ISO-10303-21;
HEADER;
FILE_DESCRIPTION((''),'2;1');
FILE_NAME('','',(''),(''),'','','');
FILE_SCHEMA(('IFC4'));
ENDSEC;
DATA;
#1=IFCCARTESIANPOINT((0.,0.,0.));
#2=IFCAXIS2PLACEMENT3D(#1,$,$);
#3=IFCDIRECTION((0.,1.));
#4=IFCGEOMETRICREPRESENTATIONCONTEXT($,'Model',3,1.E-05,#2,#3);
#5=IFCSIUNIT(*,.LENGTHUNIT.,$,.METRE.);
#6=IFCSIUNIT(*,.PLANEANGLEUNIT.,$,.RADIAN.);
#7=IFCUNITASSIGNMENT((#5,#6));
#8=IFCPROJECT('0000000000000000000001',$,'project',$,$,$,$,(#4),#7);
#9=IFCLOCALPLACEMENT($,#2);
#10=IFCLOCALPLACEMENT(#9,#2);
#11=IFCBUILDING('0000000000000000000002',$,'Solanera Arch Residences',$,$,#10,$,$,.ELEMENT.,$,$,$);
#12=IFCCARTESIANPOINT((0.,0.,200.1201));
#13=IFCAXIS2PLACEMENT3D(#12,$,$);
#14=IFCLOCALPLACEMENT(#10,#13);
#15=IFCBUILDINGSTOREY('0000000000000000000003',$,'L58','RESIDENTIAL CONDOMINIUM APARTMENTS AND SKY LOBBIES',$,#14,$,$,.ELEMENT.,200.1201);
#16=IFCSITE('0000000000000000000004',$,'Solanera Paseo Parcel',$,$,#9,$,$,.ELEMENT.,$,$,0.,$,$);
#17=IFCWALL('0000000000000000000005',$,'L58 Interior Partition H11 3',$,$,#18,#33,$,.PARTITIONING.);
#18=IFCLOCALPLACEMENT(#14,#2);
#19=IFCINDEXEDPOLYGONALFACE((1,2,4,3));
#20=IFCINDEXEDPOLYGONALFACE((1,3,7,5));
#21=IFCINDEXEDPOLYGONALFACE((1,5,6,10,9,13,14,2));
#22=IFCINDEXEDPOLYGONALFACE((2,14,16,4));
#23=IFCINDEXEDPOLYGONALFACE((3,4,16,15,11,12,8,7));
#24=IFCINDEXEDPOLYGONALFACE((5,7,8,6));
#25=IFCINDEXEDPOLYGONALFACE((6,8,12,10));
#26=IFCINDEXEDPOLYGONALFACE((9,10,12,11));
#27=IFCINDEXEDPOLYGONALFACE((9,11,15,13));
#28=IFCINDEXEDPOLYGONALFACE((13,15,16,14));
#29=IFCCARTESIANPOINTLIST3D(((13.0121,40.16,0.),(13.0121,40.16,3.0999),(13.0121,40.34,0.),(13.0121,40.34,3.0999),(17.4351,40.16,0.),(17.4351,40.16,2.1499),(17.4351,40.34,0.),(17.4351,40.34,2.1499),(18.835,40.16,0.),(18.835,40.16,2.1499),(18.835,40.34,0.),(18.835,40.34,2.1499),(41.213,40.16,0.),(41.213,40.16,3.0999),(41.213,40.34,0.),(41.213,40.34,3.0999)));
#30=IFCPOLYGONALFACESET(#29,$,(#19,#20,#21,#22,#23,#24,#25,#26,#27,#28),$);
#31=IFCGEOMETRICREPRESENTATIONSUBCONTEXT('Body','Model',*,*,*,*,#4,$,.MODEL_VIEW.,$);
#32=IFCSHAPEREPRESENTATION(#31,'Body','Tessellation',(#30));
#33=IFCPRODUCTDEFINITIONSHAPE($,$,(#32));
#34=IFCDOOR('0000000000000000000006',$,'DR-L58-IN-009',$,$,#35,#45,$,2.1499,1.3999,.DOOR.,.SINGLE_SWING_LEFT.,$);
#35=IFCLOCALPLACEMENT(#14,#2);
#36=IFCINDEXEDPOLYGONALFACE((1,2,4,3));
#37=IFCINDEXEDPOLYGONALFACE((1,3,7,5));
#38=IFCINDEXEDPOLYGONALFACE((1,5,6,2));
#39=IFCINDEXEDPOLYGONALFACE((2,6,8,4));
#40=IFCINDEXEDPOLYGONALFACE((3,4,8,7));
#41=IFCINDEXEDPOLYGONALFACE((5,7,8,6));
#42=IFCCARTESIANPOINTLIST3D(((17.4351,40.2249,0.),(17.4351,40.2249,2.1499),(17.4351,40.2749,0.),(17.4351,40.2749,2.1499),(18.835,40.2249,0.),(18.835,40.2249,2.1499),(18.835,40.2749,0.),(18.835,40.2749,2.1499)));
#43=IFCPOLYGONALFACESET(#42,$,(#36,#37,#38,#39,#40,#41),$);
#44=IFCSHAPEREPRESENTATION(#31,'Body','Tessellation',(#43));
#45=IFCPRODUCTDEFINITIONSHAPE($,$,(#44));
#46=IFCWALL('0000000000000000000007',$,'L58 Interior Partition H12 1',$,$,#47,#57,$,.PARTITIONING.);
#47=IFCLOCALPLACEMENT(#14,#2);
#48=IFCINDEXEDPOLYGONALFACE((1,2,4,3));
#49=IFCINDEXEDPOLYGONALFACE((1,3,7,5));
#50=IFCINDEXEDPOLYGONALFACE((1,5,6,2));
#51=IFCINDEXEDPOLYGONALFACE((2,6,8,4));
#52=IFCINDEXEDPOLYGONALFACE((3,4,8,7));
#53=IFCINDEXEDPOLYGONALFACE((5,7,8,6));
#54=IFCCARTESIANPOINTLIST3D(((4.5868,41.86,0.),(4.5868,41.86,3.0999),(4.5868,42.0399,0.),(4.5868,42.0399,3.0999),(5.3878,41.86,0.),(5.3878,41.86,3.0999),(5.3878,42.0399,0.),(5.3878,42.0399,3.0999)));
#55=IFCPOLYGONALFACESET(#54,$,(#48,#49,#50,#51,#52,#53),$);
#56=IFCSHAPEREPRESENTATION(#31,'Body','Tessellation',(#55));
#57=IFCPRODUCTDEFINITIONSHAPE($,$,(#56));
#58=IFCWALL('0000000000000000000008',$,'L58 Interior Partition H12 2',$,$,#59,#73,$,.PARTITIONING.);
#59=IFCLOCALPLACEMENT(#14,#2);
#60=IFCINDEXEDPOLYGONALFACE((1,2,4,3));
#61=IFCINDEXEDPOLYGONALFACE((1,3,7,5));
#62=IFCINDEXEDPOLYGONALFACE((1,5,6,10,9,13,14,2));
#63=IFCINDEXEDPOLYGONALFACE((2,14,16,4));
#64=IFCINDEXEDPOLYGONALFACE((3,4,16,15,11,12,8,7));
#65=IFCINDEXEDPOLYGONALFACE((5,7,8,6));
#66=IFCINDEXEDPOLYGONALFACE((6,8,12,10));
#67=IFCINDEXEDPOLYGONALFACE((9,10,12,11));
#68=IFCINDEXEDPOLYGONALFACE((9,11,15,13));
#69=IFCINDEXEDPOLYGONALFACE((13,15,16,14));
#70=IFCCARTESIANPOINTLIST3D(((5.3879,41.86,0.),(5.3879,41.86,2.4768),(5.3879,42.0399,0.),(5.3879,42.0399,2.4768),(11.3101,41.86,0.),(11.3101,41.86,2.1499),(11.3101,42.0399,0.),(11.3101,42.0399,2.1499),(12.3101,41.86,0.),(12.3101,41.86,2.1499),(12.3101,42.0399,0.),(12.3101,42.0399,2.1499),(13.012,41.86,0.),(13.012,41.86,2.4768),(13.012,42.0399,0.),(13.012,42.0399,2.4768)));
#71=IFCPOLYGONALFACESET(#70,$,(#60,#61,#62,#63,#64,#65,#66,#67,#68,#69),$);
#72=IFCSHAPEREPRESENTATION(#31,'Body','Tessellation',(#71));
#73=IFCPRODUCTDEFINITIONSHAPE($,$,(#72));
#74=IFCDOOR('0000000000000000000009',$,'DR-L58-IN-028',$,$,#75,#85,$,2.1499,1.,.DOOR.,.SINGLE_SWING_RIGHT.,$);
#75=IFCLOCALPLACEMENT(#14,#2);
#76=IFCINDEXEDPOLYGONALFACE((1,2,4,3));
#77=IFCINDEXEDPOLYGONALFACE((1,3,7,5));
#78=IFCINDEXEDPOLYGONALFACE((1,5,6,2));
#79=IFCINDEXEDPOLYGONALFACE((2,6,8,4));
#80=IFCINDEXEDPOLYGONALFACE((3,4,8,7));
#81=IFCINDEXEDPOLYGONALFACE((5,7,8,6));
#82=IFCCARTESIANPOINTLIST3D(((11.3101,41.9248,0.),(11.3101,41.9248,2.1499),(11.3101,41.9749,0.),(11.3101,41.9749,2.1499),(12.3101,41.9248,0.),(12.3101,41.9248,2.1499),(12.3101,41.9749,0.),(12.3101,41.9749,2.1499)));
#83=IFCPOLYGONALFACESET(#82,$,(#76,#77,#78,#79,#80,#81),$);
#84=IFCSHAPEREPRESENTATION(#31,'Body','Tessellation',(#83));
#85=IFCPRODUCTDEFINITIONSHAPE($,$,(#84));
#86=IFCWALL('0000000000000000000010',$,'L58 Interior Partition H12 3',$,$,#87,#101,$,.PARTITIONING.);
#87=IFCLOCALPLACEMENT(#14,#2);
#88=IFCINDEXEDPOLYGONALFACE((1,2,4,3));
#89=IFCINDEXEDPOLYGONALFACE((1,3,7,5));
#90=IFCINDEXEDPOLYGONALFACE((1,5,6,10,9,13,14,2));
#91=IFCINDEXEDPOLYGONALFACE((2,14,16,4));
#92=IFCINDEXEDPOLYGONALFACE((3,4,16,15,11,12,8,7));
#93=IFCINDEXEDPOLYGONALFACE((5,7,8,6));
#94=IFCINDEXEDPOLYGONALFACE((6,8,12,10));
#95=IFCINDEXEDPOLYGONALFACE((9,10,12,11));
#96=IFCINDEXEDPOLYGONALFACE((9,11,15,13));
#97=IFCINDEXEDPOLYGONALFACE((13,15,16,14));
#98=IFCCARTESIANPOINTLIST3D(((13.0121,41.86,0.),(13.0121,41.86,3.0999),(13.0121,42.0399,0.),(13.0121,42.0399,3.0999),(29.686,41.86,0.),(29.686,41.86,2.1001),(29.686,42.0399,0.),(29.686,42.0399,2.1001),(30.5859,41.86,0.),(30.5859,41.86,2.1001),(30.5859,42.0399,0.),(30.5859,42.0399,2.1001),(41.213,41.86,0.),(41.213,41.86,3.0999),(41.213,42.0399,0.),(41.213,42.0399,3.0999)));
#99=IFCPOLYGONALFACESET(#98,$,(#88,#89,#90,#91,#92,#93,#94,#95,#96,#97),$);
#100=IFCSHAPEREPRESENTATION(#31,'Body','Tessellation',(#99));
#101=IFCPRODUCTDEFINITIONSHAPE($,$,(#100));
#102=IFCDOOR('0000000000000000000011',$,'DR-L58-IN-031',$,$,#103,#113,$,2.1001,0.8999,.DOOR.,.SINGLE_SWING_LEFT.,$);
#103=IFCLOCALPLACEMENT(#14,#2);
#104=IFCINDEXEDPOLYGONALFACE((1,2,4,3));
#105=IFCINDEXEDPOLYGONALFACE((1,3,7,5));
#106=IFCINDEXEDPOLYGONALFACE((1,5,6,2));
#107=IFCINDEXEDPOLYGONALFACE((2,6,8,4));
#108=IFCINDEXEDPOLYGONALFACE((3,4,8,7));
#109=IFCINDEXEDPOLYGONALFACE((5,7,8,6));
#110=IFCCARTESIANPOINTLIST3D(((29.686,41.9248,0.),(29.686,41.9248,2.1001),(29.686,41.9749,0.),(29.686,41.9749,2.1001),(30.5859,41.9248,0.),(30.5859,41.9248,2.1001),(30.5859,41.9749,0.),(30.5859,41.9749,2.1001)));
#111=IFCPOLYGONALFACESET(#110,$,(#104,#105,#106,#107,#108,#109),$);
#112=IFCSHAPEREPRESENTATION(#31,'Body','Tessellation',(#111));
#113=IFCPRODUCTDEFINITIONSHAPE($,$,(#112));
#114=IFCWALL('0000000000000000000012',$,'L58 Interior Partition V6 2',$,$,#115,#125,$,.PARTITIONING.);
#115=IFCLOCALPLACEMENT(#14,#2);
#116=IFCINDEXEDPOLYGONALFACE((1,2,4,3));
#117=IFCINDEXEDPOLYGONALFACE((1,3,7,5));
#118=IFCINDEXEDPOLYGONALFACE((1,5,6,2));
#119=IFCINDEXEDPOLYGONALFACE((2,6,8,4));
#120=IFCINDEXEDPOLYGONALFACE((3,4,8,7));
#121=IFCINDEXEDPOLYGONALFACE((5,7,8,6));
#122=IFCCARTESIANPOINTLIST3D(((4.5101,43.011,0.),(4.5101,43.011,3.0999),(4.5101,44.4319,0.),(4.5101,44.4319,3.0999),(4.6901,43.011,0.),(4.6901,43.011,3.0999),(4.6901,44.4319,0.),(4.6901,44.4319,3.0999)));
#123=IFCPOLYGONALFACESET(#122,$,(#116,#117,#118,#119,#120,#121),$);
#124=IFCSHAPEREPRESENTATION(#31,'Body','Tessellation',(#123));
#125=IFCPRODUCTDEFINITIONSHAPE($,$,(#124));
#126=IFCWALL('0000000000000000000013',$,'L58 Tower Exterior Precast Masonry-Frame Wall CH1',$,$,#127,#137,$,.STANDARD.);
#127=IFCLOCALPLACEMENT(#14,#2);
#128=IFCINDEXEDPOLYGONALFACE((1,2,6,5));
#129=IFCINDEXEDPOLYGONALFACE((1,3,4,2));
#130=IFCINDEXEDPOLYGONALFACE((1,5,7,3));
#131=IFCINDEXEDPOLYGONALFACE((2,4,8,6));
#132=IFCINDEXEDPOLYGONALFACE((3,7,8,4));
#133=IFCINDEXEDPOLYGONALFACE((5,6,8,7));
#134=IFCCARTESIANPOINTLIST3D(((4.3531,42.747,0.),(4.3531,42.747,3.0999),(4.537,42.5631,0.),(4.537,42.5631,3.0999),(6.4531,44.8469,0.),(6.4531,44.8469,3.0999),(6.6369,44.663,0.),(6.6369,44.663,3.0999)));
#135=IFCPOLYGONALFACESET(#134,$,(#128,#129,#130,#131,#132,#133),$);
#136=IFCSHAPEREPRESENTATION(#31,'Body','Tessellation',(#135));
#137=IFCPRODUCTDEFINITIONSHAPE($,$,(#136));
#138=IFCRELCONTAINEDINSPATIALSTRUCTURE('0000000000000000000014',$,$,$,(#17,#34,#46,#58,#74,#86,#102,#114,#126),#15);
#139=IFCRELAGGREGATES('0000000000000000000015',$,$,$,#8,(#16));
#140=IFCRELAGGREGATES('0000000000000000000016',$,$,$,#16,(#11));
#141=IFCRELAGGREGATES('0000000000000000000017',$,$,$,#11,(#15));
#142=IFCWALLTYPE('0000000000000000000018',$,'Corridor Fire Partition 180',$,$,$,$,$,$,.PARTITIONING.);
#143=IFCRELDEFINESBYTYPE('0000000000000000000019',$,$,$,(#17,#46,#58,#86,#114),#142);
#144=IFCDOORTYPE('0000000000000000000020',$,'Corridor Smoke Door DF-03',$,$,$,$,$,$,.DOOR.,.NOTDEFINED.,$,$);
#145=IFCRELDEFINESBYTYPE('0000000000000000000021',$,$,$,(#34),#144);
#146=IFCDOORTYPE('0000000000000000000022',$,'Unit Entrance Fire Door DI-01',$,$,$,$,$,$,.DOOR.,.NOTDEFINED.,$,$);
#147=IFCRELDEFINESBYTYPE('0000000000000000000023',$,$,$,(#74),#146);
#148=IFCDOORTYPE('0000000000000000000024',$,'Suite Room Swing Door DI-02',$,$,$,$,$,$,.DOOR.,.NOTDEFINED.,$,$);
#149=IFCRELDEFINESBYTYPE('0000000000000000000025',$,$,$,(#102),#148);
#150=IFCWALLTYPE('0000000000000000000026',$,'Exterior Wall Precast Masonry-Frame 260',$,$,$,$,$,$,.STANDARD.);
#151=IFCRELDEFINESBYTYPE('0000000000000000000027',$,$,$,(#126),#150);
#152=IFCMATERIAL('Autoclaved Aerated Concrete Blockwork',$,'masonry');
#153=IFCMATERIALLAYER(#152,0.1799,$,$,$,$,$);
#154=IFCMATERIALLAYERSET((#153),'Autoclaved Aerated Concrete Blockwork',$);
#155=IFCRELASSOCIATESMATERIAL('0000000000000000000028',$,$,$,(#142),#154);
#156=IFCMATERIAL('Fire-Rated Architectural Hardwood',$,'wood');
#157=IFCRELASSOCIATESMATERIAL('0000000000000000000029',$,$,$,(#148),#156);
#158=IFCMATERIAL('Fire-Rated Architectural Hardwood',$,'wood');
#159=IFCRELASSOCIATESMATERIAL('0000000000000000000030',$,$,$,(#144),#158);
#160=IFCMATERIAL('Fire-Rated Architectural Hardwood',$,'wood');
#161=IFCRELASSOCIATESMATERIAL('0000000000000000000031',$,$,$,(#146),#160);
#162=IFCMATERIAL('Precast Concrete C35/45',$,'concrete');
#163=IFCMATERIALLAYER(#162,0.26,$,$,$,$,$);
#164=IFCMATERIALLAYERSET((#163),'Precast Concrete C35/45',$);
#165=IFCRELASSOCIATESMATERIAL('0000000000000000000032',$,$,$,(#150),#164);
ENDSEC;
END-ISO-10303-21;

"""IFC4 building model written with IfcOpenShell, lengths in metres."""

from ifc_helpers import new_model, si_unit, direction, frame, frame_2d, origin, place, context, subcontext, project, spatial, rectangle, extrude, material, layer, layer_set, type_object, element, fill, save


model = new_model("IFC4")

# Units and contexts
model_context = context("Model", 3, precision=1e-05, world=origin(), true_north=direction((0.0, 1.0)))
body_context = subcontext(model_context, "Body", "Model", "MODEL_VIEW")
ifc_project = project(units=[si_unit("LENGTHUNIT", "METRE"), si_unit("PLANEANGLEUNIT", "RADIAN")], contexts=[model_context])

# Site, building, storey
site_placement = place(None, origin())
site = spatial("IfcSite", under=ifc_project, at=site_placement, Name="Solanera Paseo Parcel", CompositionType="ELEMENT", RefElevation=0.0)
building_placement = place(site_placement, origin())
building = spatial("IfcBuilding", under=site, at=building_placement, Name="Solanera Arch Residences", CompositionType="ELEMENT")
storey_placement = place(building_placement, frame((0.0, 0.0, 200.1201)))
storey = spatial("IfcBuildingStorey", under=building, at=storey_placement, Name="L58", Description="RESIDENTIAL CONDOMINIUM APARTMENTS AND SKY LOBBIES", CompositionType="ELEMENT", Elevation=200.1201)

# Shared definitions
ifc_material_1 = material(Name="Autoclaved Aerated Concrete Blockwork", Category="masonry")
ifc_layer_1 = layer(ifc_material_1, 0.1799)
ifc_layer_set_1 = layer_set([ifc_layer_1], Name="Autoclaved Aerated Concrete Blockwork")
wall_type_1 = type_object("IfcWallType", Name="Corridor Fire Partition 180", PredefinedType="PARTITIONING", material=ifc_layer_set_1)

# Wall, opening, door
ifc_material_2 = material(Name="Fire-Rated Architectural Hardwood", Category="wood")
door_type_1 = type_object("IfcDoorType", Name="Suite Room Swing Door DI-02", OperationType="NOTDEFINED", PredefinedType="DOOR", material=ifc_material_2)
wall_1_placement = place(storey_placement, frame((13.012, 40.25, 0.0), z_axis=(0.0, 0.0, 1.0), x_axis=(1.0, 0.0, 0.0)))
wall_1 = element("IfcWall", 1, at=wall_1_placement, inside=storey, type_object=wall_type_1, Name="L58 Interior Partition H11 3", PredefinedType="PARTITIONING", context=body_context, shape_type="SweptSolid", body=[
    extrude(rectangle(XDim=28.2009, YDim=0.1799, at=frame_2d((14.1006, 0.0))), origin(), (0.0, 0.0, 1.0), 3.0999),
])
opening_1_placement = place(wall_1_placement, frame((4.4231, 0.0, 0.0)))
opening_1 = element("IfcOpeningElement", 2, at=opening_1_placement, cuts=wall_1, PredefinedType="OPENING", context=body_context, shape_type="SweptSolid", body=[
    extrude(rectangle(XDim=1.3999, YDim=2.1499, at=frame_2d((0.7, 1.075))), frame((0.0, 0.1001, 0.0), z_axis=(0.0, -1.0, 0.0), x_axis=(1.0, 0.0, 0.0)), (0.0, 0.0, 1.0), 0.1999),
])
ifc_material_3 = material(Name="Fire-Rated Architectural Hardwood", Category="wood")
door_type_2 = type_object("IfcDoorType", Name="Corridor Smoke Door DF-03", OperationType="NOTDEFINED", PredefinedType="DOOR", material=ifc_material_3)
door_1_placement = place(opening_1_placement, origin())
door_1 = element("IfcDoor", 3, at=door_1_placement, inside=storey, type_object=door_type_2, Name="DR-L58-IN-009", OperationType="SINGLE_SWING_LEFT", OverallHeight=2.1499, OverallWidth=1.3999, PredefinedType="DOOR", context=body_context, shape_type="SweptSolid", body=[
    extrude(rectangle(XDim=1.3999, YDim=2.1499, at=frame_2d((0.7, 1.075))), frame((0.0, 0.0249, 0.0), z_axis=(0.0, -1.0, 0.0), x_axis=(1.0, 0.0, 0.0)), (0.0, 0.0, 1.0), 0.05),
])
fill(opening_1, door_1)

# Wall
wall_2_placement = place(storey_placement, frame((4.5869, 41.95, 0.0), z_axis=(0.0, 0.0, 1.0), x_axis=(1.0, 0.0, 0.0)))
element("IfcWall", 4, at=wall_2_placement, inside=storey, type_object=wall_type_1, Name="L58 Interior Partition H12 1", PredefinedType="PARTITIONING", context=body_context, shape_type="SweptSolid", body=[
    extrude(rectangle(XDim=0.801, YDim=0.1799, at=frame_2d((0.4004, 0.0))), origin(), (0.0, 0.0, 1.0), 3.0999),
])

# Walls, openings, doors
wall_3_placement = place(storey_placement, frame((5.3879, 41.95, 0.0), z_axis=(0.0, 0.0, 1.0), x_axis=(1.0, 0.0, 0.0)))
wall_3 = element("IfcWall", 5, at=wall_3_placement, inside=storey, type_object=wall_type_1, Name="L58 Interior Partition H12 2", PredefinedType="PARTITIONING", context=body_context, shape_type="SweptSolid", body=[
    extrude(rectangle(XDim=7.624, YDim=0.1799, at=frame_2d((3.812, 0.0))), origin(), (0.0, 0.0, 1.0), 2.4768),
])
opening_2_placement = place(wall_3_placement, frame((5.9221, 0.0, 0.0)))
opening_2 = element("IfcOpeningElement", 6, at=opening_2_placement, cuts=wall_3, PredefinedType="OPENING", context=body_context, shape_type="SweptSolid", body=[
    extrude(rectangle(XDim=1.0, YDim=2.1499, at=frame_2d((0.5, 1.075))), frame((0.0, 0.1001, 0.0), z_axis=(0.0, -1.0, 0.0), x_axis=(1.0, 0.0, 0.0)), (0.0, 0.0, 1.0), 0.1999),
])
ifc_material_4 = material(Name="Fire-Rated Architectural Hardwood", Category="wood")
door_type_3 = type_object("IfcDoorType", Name="Unit Entrance Fire Door DI-01", OperationType="NOTDEFINED", PredefinedType="DOOR", material=ifc_material_4)
door_2_placement = place(opening_2_placement, origin())
door_2 = element("IfcDoor", 7, at=door_2_placement, inside=storey, type_object=door_type_3, Name="DR-L58-IN-028", OperationType="SINGLE_SWING_RIGHT", OverallHeight=2.1499, OverallWidth=1.0, PredefinedType="DOOR", context=body_context, shape_type="SweptSolid", body=[
    extrude(rectangle(XDim=1.0, YDim=2.1499, at=frame_2d((0.5, 1.075))), frame((0.0, 0.0249, 0.0), z_axis=(0.0, -1.0, 0.0), x_axis=(1.0, 0.0, 0.0)), (0.0, 0.0, 1.0), 0.05),
])
fill(opening_2, door_2)
wall_4_placement = place(storey_placement, frame((13.012, 41.95, 0.0), z_axis=(0.0, 0.0, 1.0), x_axis=(1.0, 0.0, 0.0)))
wall_4 = element("IfcWall", 8, at=wall_4_placement, inside=storey, type_object=wall_type_1, Name="L58 Interior Partition H12 3", PredefinedType="PARTITIONING", context=body_context, shape_type="SweptSolid", body=[
    extrude(rectangle(XDim=28.2009, YDim=0.1799, at=frame_2d((14.1006, 0.0))), origin(), (0.0, 0.0, 1.0), 3.0999),
])
opening_3_placement = place(wall_4_placement, frame((16.6741, 0.0, 0.0)))
opening_3 = element("IfcOpeningElement", 9, at=opening_3_placement, cuts=wall_4, PredefinedType="OPENING", context=body_context, shape_type="SweptSolid", body=[
    extrude(rectangle(XDim=0.8999, YDim=2.1001, at=frame_2d((0.45, 1.05))), frame((0.0, 0.1001, 0.0), z_axis=(0.0, -1.0, 0.0), x_axis=(1.0, 0.0, 0.0)), (0.0, 0.0, 1.0), 0.1999),
])
door_3_placement = place(opening_3_placement, origin())
door_3 = element("IfcDoor", 10, at=door_3_placement, inside=storey, type_object=door_type_1, Name="DR-L58-IN-031", OperationType="SINGLE_SWING_LEFT", OverallHeight=2.1001, OverallWidth=0.8999, PredefinedType="DOOR", context=body_context, shape_type="SweptSolid", body=[
    extrude(rectangle(XDim=0.8999, YDim=2.1001, at=frame_2d((0.45, 1.05))), frame((0.0, 0.0249, 0.0), z_axis=(0.0, -1.0, 0.0), x_axis=(1.0, 0.0, 0.0)), (0.0, 0.0, 1.0), 0.05),
])
fill(opening_3, door_3)

# Walls
wall_5_placement = place(storey_placement, frame((4.6001, 43.011, 0.0), z_axis=(0.0, 0.0, 1.0), x_axis=(0.0, 1.0, 0.0)))
element("IfcWall", 11, at=wall_5_placement, inside=storey, type_object=wall_type_1, Name="L58 Interior Partition V6 2", PredefinedType="PARTITIONING", context=body_context, shape_type="SweptSolid", body=[
    extrude(rectangle(XDim=1.4209, YDim=0.1799, at=frame_2d((0.7104, 0.0))), origin(), (0.0, 0.0, 1.0), 3.0999),
])
ifc_material_5 = material(Name="Precast Concrete C35/45", Category="concrete")
ifc_layer_2 = layer(ifc_material_5, 0.26)
ifc_layer_set_2 = layer_set([ifc_layer_2], Name="Precast Concrete C35/45")
wall_type_2 = type_object("IfcWallType", Name="Exterior Wall Precast Masonry-Frame 260", PredefinedType="STANDARD", material=ifc_layer_set_2)
wall_6_placement = place(storey_placement, frame((4.4451, 42.655, 0.0), z_axis=(0.0, 0.0, 1.0), x_axis=(0.707107, 0.707107, 0.0)))
element("IfcWall", 12, at=wall_6_placement, inside=storey, type_object=wall_type_2, Name="L58 Tower Exterior Precast Masonry-Frame Wall CH1", PredefinedType="STANDARD", context=body_context, shape_type="SweptSolid", body=[
    extrude(rectangle(XDim=2.9697, YDim=0.26, at=frame_2d((1.4849, 0.0))), origin(), (0.0, 0.0, 1.0), 3.0999),
])

save(model, "model.ifc")
